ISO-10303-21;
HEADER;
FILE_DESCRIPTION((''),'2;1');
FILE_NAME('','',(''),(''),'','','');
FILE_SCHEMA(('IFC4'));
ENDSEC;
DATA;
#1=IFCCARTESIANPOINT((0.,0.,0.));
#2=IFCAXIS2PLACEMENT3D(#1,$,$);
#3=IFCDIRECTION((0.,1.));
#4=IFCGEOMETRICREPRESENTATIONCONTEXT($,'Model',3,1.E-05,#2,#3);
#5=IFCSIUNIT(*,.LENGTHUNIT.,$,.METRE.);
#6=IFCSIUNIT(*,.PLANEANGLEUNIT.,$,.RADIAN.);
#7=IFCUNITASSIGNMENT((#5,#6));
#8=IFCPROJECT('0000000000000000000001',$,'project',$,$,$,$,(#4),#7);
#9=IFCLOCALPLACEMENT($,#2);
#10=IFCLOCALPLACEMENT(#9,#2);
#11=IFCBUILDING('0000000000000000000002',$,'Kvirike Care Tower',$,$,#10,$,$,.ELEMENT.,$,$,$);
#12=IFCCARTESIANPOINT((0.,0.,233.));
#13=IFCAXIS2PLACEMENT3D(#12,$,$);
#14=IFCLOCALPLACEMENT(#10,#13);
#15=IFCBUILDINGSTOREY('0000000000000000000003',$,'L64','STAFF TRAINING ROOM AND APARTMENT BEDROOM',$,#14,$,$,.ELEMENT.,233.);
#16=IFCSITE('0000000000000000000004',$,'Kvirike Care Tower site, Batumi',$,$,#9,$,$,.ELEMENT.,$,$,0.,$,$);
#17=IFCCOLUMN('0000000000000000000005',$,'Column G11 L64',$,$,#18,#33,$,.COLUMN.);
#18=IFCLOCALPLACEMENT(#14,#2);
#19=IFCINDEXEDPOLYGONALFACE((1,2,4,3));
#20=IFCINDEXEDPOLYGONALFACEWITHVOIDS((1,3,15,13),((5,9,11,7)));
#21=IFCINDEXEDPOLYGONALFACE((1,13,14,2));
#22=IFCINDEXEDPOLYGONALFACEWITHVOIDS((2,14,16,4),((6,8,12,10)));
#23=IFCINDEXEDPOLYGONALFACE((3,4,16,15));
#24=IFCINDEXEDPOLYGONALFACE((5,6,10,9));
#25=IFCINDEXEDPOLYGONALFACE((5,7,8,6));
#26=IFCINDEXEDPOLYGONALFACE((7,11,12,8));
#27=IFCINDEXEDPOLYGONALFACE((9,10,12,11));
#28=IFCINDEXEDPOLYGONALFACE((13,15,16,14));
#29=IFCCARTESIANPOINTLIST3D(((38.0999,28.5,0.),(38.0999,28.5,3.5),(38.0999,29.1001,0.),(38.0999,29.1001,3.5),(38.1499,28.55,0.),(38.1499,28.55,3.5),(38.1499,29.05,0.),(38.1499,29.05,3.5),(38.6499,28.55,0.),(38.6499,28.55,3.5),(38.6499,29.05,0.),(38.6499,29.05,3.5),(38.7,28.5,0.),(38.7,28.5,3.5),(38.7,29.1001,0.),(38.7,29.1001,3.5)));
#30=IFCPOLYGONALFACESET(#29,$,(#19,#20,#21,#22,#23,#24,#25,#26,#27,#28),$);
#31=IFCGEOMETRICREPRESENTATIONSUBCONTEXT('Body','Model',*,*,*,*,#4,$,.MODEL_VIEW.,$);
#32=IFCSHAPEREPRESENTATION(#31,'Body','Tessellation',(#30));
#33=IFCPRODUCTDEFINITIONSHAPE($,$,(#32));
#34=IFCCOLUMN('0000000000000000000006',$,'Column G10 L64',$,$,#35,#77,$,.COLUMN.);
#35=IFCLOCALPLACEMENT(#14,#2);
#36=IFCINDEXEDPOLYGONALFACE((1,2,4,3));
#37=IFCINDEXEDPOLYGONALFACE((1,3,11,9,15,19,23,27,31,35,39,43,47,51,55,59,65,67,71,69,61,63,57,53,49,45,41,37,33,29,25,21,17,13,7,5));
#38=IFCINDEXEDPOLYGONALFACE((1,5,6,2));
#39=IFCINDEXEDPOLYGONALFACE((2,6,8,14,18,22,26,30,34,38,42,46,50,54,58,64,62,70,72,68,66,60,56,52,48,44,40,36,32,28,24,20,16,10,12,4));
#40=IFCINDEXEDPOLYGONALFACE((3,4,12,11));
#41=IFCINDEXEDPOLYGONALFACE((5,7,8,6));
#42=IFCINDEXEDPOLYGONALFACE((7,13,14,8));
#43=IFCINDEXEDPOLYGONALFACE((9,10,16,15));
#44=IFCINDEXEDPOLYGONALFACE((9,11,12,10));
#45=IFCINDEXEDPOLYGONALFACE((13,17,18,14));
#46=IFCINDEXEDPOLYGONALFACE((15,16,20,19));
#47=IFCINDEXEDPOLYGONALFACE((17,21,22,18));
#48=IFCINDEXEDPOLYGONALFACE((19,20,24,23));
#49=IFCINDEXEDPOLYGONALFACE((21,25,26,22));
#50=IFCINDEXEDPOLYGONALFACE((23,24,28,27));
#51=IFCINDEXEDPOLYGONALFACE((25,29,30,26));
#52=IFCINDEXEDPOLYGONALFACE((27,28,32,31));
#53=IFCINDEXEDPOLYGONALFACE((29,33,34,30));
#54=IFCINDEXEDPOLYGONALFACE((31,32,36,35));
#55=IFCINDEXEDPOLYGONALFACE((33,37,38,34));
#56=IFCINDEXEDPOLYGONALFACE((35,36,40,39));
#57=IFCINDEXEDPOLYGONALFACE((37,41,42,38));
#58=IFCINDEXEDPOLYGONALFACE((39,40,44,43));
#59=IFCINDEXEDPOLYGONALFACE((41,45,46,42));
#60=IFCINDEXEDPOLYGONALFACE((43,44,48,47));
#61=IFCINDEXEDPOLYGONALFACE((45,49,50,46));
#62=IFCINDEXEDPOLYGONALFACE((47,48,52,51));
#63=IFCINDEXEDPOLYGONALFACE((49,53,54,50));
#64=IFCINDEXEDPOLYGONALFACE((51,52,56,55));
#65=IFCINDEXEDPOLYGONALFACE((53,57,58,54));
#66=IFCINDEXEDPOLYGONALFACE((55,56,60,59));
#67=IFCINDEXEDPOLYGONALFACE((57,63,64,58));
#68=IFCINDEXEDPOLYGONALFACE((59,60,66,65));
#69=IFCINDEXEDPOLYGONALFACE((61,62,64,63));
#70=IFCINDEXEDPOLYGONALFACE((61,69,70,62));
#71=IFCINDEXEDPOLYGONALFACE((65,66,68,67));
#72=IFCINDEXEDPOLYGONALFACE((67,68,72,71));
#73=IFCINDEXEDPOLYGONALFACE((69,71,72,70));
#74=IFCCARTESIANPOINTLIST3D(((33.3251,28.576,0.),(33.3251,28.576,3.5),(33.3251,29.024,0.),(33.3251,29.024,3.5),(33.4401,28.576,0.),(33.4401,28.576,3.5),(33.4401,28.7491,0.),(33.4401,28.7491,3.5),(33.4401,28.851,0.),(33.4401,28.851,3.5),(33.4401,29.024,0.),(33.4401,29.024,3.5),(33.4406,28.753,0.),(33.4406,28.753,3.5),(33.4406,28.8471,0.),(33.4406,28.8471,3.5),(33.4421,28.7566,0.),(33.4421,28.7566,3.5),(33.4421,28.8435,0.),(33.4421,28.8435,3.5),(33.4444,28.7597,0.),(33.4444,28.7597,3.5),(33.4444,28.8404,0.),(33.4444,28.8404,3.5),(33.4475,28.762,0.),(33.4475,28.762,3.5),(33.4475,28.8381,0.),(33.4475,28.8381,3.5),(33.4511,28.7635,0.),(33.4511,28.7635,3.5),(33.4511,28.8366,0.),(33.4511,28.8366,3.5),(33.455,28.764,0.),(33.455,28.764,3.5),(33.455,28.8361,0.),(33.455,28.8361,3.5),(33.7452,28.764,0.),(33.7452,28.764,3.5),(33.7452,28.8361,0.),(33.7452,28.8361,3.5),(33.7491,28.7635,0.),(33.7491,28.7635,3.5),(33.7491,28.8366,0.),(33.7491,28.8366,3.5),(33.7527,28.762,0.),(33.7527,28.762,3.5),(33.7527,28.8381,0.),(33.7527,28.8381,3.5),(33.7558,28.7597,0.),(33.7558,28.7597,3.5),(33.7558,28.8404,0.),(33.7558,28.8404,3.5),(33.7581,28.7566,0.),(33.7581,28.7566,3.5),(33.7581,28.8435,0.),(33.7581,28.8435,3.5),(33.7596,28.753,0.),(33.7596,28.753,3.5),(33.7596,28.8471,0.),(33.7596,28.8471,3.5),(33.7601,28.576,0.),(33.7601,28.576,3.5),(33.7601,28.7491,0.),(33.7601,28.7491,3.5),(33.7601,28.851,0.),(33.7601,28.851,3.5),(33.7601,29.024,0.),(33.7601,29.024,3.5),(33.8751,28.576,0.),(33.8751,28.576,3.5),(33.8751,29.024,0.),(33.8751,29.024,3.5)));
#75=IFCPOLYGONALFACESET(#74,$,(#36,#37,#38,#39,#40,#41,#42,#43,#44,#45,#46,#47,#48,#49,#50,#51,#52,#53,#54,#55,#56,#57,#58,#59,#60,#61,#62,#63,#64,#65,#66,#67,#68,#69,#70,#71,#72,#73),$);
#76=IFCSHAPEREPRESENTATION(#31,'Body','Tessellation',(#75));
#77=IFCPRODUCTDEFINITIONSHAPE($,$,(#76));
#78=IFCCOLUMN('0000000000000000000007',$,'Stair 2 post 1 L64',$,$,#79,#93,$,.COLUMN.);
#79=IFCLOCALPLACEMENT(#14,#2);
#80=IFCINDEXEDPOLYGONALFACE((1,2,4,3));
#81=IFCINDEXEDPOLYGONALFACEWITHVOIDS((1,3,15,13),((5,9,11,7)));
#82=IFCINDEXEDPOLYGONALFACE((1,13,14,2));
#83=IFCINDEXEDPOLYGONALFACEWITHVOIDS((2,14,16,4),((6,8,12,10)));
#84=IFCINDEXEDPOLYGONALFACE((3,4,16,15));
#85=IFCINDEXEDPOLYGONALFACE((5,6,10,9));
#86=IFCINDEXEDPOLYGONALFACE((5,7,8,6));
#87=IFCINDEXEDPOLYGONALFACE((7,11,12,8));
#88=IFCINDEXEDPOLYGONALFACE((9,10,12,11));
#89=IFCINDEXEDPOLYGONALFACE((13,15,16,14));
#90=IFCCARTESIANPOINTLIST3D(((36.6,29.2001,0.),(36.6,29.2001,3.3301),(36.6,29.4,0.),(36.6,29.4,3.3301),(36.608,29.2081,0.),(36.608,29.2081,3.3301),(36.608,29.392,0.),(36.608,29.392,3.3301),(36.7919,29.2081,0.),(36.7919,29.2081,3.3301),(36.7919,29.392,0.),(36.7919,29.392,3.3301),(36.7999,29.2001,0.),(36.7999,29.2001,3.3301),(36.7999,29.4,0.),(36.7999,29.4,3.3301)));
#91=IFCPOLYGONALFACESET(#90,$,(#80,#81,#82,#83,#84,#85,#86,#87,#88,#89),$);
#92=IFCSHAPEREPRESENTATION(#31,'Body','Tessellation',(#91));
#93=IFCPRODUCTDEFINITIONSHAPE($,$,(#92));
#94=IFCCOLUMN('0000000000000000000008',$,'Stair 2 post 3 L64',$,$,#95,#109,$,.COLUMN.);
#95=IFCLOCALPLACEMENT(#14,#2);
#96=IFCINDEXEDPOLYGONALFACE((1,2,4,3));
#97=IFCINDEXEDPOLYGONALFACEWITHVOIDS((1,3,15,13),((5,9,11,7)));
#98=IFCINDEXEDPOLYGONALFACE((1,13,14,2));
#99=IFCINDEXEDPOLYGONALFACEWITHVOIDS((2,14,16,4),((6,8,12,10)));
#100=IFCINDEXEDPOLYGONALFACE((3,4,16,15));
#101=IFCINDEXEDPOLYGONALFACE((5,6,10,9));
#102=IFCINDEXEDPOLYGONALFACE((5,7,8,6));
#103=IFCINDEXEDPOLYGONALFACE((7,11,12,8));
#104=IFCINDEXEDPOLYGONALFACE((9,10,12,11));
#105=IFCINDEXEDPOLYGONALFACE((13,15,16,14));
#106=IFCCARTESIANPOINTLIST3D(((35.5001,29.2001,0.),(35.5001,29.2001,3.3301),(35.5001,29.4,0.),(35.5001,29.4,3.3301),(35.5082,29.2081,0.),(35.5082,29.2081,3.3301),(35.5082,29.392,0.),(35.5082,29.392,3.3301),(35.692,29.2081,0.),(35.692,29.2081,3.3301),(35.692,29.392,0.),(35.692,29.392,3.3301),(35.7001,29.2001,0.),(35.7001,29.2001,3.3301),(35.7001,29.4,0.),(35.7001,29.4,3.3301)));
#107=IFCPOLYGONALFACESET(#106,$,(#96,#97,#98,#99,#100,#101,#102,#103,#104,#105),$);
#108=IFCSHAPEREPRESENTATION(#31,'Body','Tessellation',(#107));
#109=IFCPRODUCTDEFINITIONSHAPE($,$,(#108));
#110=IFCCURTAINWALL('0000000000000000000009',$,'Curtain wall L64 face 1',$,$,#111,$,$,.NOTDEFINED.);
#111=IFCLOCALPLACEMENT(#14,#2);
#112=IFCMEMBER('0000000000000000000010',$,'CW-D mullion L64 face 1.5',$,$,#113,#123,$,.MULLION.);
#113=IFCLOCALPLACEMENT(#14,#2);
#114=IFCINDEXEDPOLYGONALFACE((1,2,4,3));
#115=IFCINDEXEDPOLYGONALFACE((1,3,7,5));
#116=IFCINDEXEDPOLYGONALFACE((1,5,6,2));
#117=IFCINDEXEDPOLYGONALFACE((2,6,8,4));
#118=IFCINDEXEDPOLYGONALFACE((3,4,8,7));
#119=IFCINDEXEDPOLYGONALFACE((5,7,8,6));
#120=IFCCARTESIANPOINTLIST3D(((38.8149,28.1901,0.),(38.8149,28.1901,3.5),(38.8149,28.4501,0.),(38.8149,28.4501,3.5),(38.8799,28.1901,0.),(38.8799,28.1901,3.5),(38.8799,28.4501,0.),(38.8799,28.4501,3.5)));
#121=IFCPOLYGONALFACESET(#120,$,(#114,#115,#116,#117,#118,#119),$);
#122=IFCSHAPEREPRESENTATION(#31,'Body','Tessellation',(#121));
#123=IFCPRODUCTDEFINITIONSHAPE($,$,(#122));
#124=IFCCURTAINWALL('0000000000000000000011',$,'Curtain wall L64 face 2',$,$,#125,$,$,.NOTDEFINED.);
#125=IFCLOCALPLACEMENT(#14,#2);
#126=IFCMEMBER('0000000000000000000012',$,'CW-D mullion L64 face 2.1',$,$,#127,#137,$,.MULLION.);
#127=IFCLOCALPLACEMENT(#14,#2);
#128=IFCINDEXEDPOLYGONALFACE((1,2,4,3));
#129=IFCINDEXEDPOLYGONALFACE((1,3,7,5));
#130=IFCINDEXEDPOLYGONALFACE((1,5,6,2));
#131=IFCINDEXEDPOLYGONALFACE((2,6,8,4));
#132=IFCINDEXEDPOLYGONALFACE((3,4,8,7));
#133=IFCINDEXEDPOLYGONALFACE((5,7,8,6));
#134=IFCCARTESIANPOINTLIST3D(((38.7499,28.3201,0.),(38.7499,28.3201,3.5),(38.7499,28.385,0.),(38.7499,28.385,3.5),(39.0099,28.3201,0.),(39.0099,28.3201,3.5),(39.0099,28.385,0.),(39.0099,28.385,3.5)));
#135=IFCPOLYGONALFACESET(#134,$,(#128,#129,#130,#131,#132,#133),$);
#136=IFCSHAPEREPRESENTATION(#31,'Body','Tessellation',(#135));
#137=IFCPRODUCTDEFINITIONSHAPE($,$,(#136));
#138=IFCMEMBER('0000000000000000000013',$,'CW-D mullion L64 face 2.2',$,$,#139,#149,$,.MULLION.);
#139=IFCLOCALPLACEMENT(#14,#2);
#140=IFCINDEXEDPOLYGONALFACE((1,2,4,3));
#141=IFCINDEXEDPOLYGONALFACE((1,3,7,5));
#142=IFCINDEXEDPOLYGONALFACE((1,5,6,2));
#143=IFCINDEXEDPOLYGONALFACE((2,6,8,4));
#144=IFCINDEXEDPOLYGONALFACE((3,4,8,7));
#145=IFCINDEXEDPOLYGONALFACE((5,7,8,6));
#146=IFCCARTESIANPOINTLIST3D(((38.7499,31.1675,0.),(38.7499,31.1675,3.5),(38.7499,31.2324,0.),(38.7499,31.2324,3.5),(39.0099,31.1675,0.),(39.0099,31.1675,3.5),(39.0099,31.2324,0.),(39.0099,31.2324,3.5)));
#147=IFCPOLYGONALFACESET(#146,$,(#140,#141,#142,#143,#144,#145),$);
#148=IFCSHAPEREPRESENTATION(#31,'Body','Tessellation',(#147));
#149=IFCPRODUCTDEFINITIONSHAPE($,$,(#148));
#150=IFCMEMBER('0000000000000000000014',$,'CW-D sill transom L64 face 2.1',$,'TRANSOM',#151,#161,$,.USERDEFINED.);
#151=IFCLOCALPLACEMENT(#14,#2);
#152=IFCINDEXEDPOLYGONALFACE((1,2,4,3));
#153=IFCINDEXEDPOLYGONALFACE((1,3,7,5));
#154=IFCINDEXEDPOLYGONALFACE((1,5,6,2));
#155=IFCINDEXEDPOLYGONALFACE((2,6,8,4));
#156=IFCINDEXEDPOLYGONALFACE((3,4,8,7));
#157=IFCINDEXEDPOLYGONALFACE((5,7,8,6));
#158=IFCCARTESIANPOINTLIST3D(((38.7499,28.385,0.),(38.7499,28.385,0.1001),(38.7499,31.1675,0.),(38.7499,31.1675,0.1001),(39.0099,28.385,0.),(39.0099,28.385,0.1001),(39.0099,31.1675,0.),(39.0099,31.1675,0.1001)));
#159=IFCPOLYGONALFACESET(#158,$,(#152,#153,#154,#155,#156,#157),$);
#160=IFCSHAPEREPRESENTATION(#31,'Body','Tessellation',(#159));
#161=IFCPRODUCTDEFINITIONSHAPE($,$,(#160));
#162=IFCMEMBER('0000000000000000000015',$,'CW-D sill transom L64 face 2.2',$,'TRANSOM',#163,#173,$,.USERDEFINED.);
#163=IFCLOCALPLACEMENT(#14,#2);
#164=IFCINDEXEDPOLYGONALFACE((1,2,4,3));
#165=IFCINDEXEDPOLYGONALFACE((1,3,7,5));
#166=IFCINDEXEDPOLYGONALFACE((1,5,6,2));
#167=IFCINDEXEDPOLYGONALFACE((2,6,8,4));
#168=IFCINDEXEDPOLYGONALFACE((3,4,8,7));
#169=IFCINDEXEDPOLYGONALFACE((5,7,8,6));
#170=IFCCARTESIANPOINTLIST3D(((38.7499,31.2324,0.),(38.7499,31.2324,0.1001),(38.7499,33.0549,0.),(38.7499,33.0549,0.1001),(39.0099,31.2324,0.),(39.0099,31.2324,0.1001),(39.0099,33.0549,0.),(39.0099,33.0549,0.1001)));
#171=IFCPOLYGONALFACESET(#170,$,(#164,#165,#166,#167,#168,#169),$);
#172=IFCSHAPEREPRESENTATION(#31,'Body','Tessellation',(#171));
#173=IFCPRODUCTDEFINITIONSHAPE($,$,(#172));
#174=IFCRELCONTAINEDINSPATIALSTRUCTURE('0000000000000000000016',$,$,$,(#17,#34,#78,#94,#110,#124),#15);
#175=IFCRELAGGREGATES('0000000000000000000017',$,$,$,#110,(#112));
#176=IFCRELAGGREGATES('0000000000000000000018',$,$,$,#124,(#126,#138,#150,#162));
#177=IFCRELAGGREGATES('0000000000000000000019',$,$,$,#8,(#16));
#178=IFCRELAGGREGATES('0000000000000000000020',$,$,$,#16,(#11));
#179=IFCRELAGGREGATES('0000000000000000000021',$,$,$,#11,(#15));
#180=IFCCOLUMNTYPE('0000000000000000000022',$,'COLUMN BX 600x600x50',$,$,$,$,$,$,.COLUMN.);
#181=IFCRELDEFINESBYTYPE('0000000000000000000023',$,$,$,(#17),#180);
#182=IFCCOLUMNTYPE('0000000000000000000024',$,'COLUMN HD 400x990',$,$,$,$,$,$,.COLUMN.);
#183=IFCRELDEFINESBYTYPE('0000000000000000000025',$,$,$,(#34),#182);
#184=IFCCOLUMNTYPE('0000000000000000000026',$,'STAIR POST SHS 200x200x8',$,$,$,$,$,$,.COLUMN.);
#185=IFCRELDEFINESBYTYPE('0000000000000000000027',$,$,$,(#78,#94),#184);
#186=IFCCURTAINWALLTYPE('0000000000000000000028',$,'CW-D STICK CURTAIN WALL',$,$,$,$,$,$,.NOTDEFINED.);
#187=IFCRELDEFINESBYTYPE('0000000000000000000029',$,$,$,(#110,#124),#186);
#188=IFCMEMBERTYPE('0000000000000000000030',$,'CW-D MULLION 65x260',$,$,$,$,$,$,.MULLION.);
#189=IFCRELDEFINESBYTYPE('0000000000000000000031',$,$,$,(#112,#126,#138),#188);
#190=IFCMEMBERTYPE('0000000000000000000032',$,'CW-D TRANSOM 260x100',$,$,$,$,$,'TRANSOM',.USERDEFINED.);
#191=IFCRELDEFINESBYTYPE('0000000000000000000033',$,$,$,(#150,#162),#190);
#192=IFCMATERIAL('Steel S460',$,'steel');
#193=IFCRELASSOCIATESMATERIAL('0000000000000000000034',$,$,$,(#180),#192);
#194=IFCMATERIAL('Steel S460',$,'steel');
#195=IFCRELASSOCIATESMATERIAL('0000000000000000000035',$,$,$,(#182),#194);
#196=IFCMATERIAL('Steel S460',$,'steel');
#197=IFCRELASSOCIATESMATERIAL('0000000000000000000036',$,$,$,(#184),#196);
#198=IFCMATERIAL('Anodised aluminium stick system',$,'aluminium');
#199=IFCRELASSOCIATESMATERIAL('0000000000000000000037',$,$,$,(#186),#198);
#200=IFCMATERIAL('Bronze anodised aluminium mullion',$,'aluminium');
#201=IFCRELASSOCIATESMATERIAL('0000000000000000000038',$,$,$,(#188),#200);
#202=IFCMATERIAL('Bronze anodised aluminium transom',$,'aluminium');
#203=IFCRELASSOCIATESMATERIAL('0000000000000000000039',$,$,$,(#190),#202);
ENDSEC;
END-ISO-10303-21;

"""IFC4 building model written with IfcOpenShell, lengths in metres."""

from ifc_helpers import new_model, si_unit, direction, frame, origin, origin_2d, place, context, subcontext, project, spatial, rectangle, hollow_rectangle, i_section, extrude, material, material_profile, profile_set, type_object, element, aggregate, save


model = new_model("IFC4")

# Units and contexts
model_context = context("Model", 3, precision=1e-05, world=origin(), true_north=direction((0.0, 1.0)))
body_context = subcontext(model_context, "Body", "Model", "MODEL_VIEW")
ifc_project = project(units=[si_unit("LENGTHUNIT", "METRE"), si_unit("PLANEANGLEUNIT", "RADIAN")], contexts=[model_context])

# Site, building, storey
site_placement = place(None, origin())
site = spatial("IfcSite", under=ifc_project, at=site_placement, Name="Kvirike Care Tower site, Batumi", CompositionType="ELEMENT", RefElevation=0.0)
building_placement = place(site_placement, origin())
building = spatial("IfcBuilding", under=site, at=building_placement, Name="Kvirike Care Tower", CompositionType="ELEMENT")
storey_placement = place(building_placement, frame((0.0, 0.0, 233.0)))
storey = spatial("IfcBuildingStorey", under=building, at=storey_placement, Name="L64", Description="STAFF TRAINING ROOM AND APARTMENT BEDROOM", CompositionType="ELEMENT", Elevation=233.0)

# Columns
ifc_material_1 = material(Name="Steel S460", Category="steel")
ifc_material_profile_1 = material_profile(ifc_material_1, hollow_rectangle(XDim=0.6001, YDim=0.6001, WallThickness=0.05, at=origin_2d()), Name="BX 600x600x50")
ifc_profile_set_1 = profile_set([ifc_material_profile_1], Name="Steel S460")
column_type_1 = type_object("IfcColumnType", Name="COLUMN BX 600x600x50", PredefinedType="COLUMN", material=ifc_profile_set_1)
column_1_placement = place(storey_placement, frame((38.3999, 28.8, 0.0), z_axis=(0.0, 0.0, 1.0), x_axis=(0.0, 1.0, 0.0)))
element("IfcColumn", 1, at=column_1_placement, inside=storey, type_object=column_type_1, Name="Column G11 L64", PredefinedType="COLUMN", context=body_context, shape_type="SweptSolid", body=[
    extrude(hollow_rectangle(XDim=0.6001, YDim=0.6001, WallThickness=0.05, at=origin_2d()), origin(), (0.0, 0.0, 1.0), 3.5),
])
ifc_material_2 = material(Name="Steel S460", Category="steel")
ifc_material_profile_2 = material_profile(ifc_material_2, i_section(OverallWidth=0.448, OverallDepth=0.55, WebThickness=0.072, FlangeThickness=0.115, FilletRadius=0.0149, at=origin_2d()), Name="HD 400x990")
ifc_profile_set_2 = profile_set([ifc_material_profile_2], Name="Steel S460")
column_type_2 = type_object("IfcColumnType", Name="COLUMN HD 400x990", PredefinedType="COLUMN", material=ifc_profile_set_2)
column_2_placement = place(storey_placement, frame((33.6001, 28.8, 0.0), z_axis=(0.0, 0.0, 1.0), x_axis=(0.0, 1.0, 0.0)))
element("IfcColumn", 2, at=column_2_placement, inside=storey, type_object=column_type_2, Name="Column G10 L64", PredefinedType="COLUMN", context=body_context, shape_type="SweptSolid", body=[
    extrude(i_section(OverallWidth=0.448, OverallDepth=0.55, WebThickness=0.072, FlangeThickness=0.115, FilletRadius=0.0149, at=origin_2d()), origin(), (0.0, 0.0, 1.0), 3.5),
])
ifc_material_3 = material(Name="Steel S460", Category="steel")
ifc_material_profile_3 = material_profile(ifc_material_3, hollow_rectangle(XDim=0.2, YDim=0.2, WallThickness=0.0081, at=origin_2d()), Name="SHS 200x200x8")
ifc_profile_set_3 = profile_set([ifc_material_profile_3], Name="Steel S460")
column_type_3 = type_object("IfcColumnType", Name="STAIR POST SHS 200x200x8", PredefinedType="COLUMN", material=ifc_profile_set_3)
for number, where, z_axis, x_axis, name in (
    (3, (36.7, 29.3, 0.0), (0.0, 0.0, 1.0), (1.0, 0.0, 0.0), "Stair 2 post 1 L64"),
    (4, (35.6001, 29.3, 0.0), (0.0, 0.0, 1.0), (1.0, 0.0, 0.0), "Stair 2 post 3 L64"),
):
    element("IfcColumn", number, at=place(storey_placement, frame(where, z_axis=z_axis, x_axis=x_axis)), inside=storey, type_object=column_type_3, Name=name, PredefinedType="COLUMN", context=body_context, shape_type="SweptSolid", body=[
        extrude(hollow_rectangle(XDim=0.2, YDim=0.2, WallThickness=0.0081, at=origin_2d()), origin(), (0.0, 0.0, 1.0), 3.3301),
    ])

# Curtain wall, member
ifc_material_4 = material(Name="Anodised aluminium stick system", Category="aluminium")
curtain_wall_type = type_object("IfcCurtainWallType", Name="CW-D STICK CURTAIN WALL", PredefinedType="NOTDEFINED", material=ifc_material_4)
curtain_wall_1_placement = place(storey_placement, origin())
curtain_wall_1 = element("IfcCurtainWall", 5, at=curtain_wall_1_placement, inside=storey, type_object=curtain_wall_type, Name="Curtain wall L64 face 1", PredefinedType="NOTDEFINED")
ifc_material_5 = material(Name="Bronze anodised aluminium mullion", Category="aluminium")
ifc_material_profile_4 = material_profile(ifc_material_5, rectangle(XDim=0.0649, YDim=0.26, at=origin_2d()), Name="CW-D MULLION 65x260")
ifc_profile_set_4 = profile_set([ifc_material_profile_4], Name="Bronze anodised aluminium mullion")
member_type_1 = type_object("IfcMemberType", Name="CW-D MULLION 65x260", PredefinedType="MULLION", material=ifc_profile_set_4)
member_1_placement = place(storey_placement, frame((38.8474, 28.3201, 0.0), z_axis=(0.0, 0.0, 1.0), x_axis=(1.0, 0.0, 0.0)))
member_1 = element("IfcMember", 6, at=member_1_placement, type_object=member_type_1, Name="CW-D mullion L64 face 1.5", PredefinedType="MULLION", context=body_context, shape_type="SweptSolid", body=[
    extrude(rectangle(XDim=0.0649, YDim=0.26, at=origin_2d()), origin(), (0.0, 0.0, 1.0), 3.5),
])
aggregate(curtain_wall_1, [member_1])

# Curtain wall, members
curtain_wall_2_placement = place(storey_placement, origin())
curtain_wall_2 = element("IfcCurtainWall", 7, at=curtain_wall_2_placement, inside=storey, type_object=curtain_wall_type, Name="Curtain wall L64 face 2", PredefinedType="NOTDEFINED")
member_2_placement = place(storey_placement, frame((38.8799, 28.3525, 0.0), z_axis=(0.0, 0.0, 1.0), x_axis=(0.0, 1.0, 0.0)))
member_2 = element("IfcMember", 8, at=member_2_placement, type_object=member_type_1, Name="CW-D mullion L64 face 2.1", PredefinedType="MULLION", context=body_context, shape_type="SweptSolid", body=[
    extrude(rectangle(XDim=0.0649, YDim=0.26, at=origin_2d()), origin(), (0.0, 0.0, 1.0), 3.5),
])
member_3_placement = place(storey_placement, frame((38.8799, 31.2, 0.0), z_axis=(0.0, 0.0, 1.0), x_axis=(0.0, 1.0, 0.0)))
member_3 = element("IfcMember", 9, at=member_3_placement, type_object=member_type_1, Name="CW-D mullion L64 face 2.2", PredefinedType="MULLION", context=body_context, shape_type="SweptSolid", body=[
    extrude(rectangle(XDim=0.0649, YDim=0.26, at=origin_2d()), origin(), (0.0, 0.0, 1.0), 3.5),
])
ifc_material_6 = material(Name="Bronze anodised aluminium transom", Category="aluminium")
ifc_material_profile_5 = material_profile(ifc_material_6, rectangle(XDim=0.26, YDim=0.1001, at=origin_2d()), Name="CW-D TRANSOM 260x100")
ifc_profile_set_5 = profile_set([ifc_material_profile_5], Name="Bronze anodised aluminium transom")
member_type_2 = type_object("IfcMemberType", Name="CW-D TRANSOM 260x100", ElementType="TRANSOM", PredefinedType="USERDEFINED", material=ifc_profile_set_5)
member_4_placement = place(storey_placement, frame((38.8799, 28.385, 0.05), z_axis=(0.0, 1.0, 0.0), x_axis=(-1.0, 0.0, 0.0)))
member_4 = element("IfcMember", 10, at=member_4_placement, type_object=member_type_2, Name="CW-D sill transom L64 face 2.1", ObjectType="TRANSOM", PredefinedType="USERDEFINED", context=body_context, shape_type="SweptSolid", body=[
    extrude(rectangle(XDim=0.26, YDim=0.1001, at=origin_2d()), origin(), (0.0, 0.0, 1.0), 2.7825),
])
member_5_placement = place(storey_placement, frame((38.8799, 31.2324, 0.05), z_axis=(0.0, 1.0, 0.0), x_axis=(-1.0, 0.0, 0.0)))
member_5 = element("IfcMember", 11, at=member_5_placement, type_object=member_type_2, Name="CW-D sill transom L64 face 2.2", ObjectType="TRANSOM", PredefinedType="USERDEFINED", context=body_context, shape_type="SweptSolid", body=[
    extrude(rectangle(XDim=0.26, YDim=0.1001, at=origin_2d()), origin(), (0.0, 0.0, 1.0), 1.8225),
])

aggregate(curtain_wall_2, [member_2, member_3, member_4, member_5])

save(model, "model.ifc")
